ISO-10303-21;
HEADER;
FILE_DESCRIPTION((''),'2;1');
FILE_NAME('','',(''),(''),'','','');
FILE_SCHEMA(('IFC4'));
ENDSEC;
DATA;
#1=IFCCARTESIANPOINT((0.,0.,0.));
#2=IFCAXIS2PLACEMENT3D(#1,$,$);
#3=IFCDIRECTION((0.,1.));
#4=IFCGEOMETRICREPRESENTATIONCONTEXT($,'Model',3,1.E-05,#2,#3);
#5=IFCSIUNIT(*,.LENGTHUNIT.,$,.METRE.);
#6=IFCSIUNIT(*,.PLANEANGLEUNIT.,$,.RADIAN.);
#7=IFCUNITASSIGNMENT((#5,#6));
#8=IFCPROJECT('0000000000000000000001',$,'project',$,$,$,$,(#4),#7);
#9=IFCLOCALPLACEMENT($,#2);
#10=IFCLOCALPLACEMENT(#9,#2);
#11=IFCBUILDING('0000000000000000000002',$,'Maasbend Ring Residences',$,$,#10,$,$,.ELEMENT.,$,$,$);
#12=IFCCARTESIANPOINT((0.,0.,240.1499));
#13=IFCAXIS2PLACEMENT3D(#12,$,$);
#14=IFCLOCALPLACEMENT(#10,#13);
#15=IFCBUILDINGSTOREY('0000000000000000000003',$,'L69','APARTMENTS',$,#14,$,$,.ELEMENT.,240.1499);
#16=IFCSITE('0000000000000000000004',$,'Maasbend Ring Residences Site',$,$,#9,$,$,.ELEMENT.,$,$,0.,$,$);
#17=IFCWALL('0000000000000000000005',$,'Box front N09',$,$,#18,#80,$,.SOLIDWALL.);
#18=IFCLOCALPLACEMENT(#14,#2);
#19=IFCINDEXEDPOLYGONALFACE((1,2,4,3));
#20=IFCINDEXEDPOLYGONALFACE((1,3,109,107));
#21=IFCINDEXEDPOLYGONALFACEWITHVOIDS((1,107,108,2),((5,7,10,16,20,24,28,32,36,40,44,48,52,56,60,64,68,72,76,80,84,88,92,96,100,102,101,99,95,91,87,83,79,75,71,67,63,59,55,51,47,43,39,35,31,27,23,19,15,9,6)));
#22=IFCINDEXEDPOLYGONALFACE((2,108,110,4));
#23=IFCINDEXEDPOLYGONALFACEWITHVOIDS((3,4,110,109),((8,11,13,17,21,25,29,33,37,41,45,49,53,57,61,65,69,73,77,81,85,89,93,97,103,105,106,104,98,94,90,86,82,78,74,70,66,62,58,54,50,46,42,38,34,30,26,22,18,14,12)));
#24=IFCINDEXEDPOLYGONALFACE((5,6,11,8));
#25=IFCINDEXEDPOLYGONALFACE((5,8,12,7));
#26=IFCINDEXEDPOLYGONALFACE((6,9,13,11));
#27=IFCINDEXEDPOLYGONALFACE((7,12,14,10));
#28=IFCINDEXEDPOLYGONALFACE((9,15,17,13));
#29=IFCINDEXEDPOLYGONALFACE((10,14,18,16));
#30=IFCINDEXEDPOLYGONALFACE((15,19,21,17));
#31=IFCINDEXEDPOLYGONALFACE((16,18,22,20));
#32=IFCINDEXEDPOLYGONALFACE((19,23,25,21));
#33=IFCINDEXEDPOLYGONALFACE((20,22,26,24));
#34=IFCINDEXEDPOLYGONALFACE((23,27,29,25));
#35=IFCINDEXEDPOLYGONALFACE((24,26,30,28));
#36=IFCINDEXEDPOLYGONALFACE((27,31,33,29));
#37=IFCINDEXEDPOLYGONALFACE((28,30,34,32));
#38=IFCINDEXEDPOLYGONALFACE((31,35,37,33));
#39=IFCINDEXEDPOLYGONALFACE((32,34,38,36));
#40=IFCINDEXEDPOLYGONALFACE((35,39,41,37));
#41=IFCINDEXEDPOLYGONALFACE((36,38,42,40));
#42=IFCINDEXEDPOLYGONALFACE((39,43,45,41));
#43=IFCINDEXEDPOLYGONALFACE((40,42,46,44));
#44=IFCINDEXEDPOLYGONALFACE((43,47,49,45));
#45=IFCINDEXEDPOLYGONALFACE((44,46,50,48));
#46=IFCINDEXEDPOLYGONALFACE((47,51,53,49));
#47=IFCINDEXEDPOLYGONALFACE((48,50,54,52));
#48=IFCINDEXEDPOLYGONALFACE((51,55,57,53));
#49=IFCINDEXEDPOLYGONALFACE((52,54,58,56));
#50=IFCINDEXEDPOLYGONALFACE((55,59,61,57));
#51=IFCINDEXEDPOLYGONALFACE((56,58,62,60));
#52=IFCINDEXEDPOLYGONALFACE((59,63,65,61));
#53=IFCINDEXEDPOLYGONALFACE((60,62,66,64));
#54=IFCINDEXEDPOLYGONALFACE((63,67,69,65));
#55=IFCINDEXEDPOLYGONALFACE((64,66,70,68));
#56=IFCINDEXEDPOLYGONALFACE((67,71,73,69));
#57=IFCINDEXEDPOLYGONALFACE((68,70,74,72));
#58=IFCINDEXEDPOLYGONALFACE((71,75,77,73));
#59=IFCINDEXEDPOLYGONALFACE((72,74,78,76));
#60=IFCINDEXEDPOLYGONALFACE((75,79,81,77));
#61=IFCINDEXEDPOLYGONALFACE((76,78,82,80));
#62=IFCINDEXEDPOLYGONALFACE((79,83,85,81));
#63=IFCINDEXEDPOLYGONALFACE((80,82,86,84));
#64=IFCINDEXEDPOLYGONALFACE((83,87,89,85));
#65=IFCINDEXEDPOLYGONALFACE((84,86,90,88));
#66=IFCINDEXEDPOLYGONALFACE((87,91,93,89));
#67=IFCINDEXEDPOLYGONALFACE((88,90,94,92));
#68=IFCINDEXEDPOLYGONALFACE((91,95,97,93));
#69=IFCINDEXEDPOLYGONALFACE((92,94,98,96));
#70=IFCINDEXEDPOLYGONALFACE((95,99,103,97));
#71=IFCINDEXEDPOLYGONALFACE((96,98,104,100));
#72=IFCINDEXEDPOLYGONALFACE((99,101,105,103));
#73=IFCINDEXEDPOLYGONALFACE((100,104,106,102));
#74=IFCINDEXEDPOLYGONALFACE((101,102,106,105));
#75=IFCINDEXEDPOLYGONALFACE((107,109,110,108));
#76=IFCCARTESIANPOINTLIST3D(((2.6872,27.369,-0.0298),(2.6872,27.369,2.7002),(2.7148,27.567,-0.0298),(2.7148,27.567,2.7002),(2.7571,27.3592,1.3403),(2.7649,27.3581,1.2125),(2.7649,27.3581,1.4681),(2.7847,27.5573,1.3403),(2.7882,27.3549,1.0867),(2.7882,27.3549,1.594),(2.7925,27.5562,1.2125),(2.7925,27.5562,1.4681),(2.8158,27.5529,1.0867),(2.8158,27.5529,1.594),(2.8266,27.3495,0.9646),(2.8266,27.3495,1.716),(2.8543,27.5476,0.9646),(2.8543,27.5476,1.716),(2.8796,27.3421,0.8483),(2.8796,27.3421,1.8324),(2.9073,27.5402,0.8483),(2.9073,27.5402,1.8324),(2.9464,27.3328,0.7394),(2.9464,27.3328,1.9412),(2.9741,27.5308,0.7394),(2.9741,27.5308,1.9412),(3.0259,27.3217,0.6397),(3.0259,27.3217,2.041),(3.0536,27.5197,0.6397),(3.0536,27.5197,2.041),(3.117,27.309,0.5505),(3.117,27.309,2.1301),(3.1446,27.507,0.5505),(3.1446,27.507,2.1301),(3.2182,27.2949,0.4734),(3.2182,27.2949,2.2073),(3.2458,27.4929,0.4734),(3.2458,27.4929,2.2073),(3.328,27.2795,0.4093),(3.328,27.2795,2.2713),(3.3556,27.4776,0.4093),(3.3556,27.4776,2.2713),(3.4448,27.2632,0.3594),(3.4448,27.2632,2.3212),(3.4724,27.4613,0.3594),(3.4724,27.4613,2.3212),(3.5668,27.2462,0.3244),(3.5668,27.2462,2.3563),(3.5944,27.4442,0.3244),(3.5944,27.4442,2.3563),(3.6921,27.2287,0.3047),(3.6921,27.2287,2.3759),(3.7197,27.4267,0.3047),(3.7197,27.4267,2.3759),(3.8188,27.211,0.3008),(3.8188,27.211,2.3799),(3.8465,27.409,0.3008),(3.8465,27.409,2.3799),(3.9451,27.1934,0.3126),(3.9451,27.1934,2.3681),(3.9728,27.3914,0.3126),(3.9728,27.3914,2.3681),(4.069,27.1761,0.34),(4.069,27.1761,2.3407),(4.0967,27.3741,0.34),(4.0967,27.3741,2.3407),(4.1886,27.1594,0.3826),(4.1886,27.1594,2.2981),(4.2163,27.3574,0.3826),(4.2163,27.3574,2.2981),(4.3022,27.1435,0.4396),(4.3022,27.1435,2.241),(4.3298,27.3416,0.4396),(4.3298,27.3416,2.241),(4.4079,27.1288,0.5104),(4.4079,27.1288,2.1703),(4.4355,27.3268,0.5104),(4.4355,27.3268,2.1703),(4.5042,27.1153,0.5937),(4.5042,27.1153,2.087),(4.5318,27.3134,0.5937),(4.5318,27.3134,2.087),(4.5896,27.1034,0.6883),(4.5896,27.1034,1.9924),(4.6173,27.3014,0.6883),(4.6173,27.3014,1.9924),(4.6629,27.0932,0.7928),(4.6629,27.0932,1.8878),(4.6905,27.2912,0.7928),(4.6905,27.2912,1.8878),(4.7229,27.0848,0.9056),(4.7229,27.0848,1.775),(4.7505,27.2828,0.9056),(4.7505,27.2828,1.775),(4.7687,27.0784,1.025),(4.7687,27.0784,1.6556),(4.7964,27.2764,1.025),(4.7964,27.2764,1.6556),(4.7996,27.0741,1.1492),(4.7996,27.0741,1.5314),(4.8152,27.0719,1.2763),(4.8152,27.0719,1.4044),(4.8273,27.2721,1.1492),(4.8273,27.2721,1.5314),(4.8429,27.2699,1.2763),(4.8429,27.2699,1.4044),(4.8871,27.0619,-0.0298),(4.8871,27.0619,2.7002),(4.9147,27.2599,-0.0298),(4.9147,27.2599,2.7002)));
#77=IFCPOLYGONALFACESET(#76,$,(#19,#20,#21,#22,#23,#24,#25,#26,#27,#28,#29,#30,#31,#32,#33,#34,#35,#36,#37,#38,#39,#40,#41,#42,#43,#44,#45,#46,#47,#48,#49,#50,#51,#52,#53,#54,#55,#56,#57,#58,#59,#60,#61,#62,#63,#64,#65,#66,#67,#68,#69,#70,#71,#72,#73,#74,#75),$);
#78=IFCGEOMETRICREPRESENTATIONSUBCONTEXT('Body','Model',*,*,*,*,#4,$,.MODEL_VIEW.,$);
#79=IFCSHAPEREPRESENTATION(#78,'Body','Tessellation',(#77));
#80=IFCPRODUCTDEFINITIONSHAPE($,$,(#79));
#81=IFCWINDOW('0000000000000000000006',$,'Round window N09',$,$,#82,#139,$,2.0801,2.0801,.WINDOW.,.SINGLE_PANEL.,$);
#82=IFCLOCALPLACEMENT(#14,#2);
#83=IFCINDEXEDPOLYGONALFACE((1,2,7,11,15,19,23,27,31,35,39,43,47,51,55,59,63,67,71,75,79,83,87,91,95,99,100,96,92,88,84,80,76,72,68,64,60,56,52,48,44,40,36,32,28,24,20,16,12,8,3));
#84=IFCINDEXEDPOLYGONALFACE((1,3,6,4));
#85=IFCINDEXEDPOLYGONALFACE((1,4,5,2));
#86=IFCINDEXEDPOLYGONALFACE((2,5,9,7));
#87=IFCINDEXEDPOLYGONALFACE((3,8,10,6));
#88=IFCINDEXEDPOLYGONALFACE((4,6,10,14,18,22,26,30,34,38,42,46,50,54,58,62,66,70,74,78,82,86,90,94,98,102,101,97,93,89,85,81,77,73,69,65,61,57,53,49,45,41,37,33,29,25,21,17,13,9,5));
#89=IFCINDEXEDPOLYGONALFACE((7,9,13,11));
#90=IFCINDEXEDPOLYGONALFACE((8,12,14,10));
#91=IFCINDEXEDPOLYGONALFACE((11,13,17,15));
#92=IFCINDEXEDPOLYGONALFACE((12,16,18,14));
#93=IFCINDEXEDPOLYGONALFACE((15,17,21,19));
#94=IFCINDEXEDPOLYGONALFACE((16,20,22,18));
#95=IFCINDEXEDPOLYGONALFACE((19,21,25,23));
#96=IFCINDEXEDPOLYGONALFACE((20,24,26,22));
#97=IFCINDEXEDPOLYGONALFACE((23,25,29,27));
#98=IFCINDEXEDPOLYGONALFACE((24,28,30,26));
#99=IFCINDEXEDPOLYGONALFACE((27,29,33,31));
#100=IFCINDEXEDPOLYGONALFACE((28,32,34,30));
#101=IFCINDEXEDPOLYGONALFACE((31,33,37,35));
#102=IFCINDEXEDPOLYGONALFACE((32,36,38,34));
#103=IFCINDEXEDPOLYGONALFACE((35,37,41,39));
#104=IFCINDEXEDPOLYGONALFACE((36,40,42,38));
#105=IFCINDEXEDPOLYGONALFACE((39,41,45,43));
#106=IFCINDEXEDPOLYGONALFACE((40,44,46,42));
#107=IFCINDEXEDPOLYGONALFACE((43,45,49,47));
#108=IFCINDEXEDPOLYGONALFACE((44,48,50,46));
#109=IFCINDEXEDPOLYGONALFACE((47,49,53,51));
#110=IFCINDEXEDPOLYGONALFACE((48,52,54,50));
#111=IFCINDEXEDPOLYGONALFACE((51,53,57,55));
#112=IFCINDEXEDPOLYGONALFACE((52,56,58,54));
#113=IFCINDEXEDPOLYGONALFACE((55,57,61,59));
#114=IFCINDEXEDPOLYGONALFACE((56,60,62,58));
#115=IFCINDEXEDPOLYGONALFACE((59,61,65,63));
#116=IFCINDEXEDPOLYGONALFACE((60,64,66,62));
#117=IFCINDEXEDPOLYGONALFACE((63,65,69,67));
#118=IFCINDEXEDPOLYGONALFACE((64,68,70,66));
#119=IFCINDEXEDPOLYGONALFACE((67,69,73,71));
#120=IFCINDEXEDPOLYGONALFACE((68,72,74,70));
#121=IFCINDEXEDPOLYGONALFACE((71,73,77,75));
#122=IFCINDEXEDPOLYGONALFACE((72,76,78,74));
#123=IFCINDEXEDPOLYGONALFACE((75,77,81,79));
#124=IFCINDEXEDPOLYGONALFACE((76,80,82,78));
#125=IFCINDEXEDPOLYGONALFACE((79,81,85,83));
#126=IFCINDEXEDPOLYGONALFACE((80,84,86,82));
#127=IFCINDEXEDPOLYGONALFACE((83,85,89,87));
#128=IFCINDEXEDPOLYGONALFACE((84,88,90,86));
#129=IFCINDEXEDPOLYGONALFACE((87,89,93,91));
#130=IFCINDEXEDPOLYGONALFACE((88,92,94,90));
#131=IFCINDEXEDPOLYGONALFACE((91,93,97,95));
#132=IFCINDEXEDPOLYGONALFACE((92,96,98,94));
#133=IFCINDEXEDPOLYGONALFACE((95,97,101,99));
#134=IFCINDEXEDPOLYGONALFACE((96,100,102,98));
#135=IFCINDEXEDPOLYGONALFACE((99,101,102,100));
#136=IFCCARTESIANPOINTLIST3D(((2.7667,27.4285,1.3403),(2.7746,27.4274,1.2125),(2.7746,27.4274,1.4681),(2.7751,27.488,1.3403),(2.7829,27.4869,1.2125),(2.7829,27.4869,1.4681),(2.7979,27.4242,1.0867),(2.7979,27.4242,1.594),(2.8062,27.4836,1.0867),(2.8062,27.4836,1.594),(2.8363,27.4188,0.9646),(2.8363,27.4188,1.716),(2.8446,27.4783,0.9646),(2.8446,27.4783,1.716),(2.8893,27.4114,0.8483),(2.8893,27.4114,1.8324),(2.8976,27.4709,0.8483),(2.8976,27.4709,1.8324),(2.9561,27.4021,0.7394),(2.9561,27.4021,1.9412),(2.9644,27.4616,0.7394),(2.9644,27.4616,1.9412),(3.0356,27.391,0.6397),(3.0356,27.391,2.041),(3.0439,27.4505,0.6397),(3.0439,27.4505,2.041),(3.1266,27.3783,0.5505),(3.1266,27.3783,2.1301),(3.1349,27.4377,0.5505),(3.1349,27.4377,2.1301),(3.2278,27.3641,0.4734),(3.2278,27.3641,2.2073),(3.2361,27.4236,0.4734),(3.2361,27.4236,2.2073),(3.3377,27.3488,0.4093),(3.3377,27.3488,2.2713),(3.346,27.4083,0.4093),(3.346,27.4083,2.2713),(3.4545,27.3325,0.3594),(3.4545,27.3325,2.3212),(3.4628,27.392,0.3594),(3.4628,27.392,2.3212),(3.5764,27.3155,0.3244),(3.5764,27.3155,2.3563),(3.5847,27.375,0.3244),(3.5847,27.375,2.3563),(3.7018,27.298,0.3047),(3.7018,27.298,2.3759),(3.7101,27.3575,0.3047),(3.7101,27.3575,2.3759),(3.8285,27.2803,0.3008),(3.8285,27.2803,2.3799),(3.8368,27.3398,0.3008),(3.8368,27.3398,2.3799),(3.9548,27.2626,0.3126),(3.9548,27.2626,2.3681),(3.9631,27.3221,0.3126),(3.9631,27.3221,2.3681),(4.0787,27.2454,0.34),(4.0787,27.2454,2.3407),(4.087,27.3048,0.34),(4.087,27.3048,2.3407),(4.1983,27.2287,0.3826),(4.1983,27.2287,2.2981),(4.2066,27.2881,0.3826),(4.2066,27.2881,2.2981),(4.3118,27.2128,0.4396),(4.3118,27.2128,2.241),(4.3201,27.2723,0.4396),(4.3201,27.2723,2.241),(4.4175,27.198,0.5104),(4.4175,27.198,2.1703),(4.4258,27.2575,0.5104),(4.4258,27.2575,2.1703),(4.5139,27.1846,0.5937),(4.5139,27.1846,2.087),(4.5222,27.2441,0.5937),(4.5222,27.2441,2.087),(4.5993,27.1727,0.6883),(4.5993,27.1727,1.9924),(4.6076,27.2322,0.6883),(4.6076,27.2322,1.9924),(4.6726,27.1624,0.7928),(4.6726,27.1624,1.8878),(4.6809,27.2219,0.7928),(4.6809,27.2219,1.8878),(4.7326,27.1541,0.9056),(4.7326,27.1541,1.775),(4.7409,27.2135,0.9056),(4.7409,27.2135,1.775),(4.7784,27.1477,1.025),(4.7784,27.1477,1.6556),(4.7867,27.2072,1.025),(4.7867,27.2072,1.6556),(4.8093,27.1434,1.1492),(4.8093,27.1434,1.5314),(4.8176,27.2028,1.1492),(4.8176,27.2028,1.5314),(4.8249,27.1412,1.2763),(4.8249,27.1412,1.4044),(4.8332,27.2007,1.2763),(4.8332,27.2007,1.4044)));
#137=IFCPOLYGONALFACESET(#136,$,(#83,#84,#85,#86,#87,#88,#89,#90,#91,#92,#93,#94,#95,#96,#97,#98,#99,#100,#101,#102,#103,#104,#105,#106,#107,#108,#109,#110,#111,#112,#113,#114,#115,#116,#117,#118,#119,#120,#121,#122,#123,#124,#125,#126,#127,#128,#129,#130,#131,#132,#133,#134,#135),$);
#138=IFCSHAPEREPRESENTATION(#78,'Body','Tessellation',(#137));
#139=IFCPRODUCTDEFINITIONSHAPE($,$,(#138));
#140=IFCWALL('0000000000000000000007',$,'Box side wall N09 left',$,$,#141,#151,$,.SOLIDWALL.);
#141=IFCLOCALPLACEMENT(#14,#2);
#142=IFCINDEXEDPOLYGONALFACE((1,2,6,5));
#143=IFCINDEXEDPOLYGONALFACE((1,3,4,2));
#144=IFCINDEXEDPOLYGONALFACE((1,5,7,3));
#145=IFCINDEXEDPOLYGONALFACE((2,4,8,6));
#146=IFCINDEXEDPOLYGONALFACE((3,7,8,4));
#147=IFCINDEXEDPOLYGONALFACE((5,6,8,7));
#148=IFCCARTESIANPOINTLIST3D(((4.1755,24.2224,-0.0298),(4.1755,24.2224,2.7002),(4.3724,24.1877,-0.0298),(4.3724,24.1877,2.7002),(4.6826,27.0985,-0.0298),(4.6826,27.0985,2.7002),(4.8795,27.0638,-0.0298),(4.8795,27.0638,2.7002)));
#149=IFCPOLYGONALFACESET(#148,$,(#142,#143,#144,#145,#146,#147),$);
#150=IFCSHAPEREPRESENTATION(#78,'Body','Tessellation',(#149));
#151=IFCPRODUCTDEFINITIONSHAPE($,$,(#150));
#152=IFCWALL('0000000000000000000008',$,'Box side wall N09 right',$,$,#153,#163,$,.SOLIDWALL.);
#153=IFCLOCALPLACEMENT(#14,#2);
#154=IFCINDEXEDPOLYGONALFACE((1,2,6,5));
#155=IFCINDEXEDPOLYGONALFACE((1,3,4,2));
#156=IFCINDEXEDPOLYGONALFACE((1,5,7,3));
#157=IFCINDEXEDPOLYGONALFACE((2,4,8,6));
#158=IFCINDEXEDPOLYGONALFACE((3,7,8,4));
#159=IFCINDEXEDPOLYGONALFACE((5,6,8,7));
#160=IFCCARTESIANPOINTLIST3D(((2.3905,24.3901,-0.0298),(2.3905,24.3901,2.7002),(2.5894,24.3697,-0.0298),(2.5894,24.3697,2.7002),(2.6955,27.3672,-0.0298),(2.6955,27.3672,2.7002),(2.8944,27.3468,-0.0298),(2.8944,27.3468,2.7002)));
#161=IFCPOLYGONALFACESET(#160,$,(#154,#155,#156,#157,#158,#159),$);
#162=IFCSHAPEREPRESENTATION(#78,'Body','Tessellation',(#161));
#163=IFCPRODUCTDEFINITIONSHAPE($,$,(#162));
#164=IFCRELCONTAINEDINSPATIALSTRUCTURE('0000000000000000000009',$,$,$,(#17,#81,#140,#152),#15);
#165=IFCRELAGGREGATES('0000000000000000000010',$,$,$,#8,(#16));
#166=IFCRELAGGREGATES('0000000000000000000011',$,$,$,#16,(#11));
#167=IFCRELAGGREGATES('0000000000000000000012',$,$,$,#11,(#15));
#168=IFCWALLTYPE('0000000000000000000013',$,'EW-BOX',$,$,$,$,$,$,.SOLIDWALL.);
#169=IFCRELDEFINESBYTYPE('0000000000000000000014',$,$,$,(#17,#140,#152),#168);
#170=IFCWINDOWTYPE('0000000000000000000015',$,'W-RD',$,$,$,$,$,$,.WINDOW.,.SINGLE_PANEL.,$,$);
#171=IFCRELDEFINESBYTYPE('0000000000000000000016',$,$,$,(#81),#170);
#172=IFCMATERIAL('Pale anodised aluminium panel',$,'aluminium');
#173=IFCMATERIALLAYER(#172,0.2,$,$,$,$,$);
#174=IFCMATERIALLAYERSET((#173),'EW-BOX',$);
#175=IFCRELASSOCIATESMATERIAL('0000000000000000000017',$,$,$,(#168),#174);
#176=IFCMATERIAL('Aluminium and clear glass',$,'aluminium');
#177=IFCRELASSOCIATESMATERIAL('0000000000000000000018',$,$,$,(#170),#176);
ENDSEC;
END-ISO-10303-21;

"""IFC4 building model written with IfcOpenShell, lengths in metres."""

from ifc_helpers import new_model, si_unit, direction, frame, frame_2d, origin, place, context, subcontext, project, spatial, rectangle, circle, extrude, material, layer, layer_set, type_object, element, fill, save


model = new_model("IFC4")

# Units and contexts
model_context = context("Model", 3, precision=1e-05, world=origin(), true_north=direction((0.0, 1.0)))
body_context = subcontext(model_context, "Body", "Model", "MODEL_VIEW")
ifc_project = project(units=[si_unit("LENGTHUNIT", "METRE"), si_unit("PLANEANGLEUNIT", "RADIAN")], contexts=[model_context])

# Site, building, storey
site_placement = place(None, origin())
site = spatial("IfcSite", under=ifc_project, at=site_placement, Name="Maasbend Ring Residences Site", CompositionType="ELEMENT", RefElevation=0.0)
building_placement = place(site_placement, origin())
building = spatial("IfcBuilding", under=site, at=building_placement, Name="Maasbend Ring Residences", CompositionType="ELEMENT")
storey_placement = place(building_placement, frame((0.0, 0.0, 240.1499)))
storey = spatial("IfcBuildingStorey", under=building, at=storey_placement, Name="L69", Description="APARTMENTS", CompositionType="ELEMENT", Elevation=240.1499)

# Shared definitions
ifc_material_1 = material(Name="Pale anodised aluminium panel", Category="aluminium")
ifc_layer_1 = layer(ifc_material_1, 0.2)
ifc_layer_set_1 = layer_set([ifc_layer_1], Name="EW-BOX")
wall_type_1 = type_object("IfcWallType", Name="EW-BOX", PredefinedType="SOLIDWALL", material=ifc_layer_set_1)

# Wall, opening, window
wall_1_placement = place(storey_placement, frame((4.9009, 27.1609, -0.0298), z_axis=(0.0, 0.0, 1.0), x_axis=(-0.990395, 0.138266, 0.0)))
wall_1 = element("IfcWall", 1, at=wall_1_placement, inside=storey, type_object=wall_type_1, Name="Box front N09", PredefinedType="SOLIDWALL", context=body_context, shape_type="SweptSolid", body=[
    extrude(rectangle(XDim=2.2212, YDim=0.2, at=frame_2d((1.1106, 0.0))), origin(), (0.0, 0.0, 1.0), 2.73),
])
opening_1_placement = place(wall_1_placement, frame((0.0706, 0.0, 0.3301)))
opening_1 = element("IfcOpeningElement", 2, at=opening_1_placement, cuts=wall_1, PredefinedType="OPENING", context=body_context, shape_type="SweptSolid", body=[
    extrude(circle(Radius=1.04, at=frame_2d((1.04, 1.04))), frame((0.0, 0.1099, 0.0), z_axis=(0.0, -1.0, 0.0), x_axis=(1.0, 0.0, 0.0)), (0.0, 0.0, 1.0), 0.22),
])
ifc_material_2 = material(Name="Aluminium and clear glass", Category="aluminium")
window_type_1 = type_object("IfcWindowType", Name="W-RD", PartitioningType="SINGLE_PANEL", PredefinedType="WINDOW", material=ifc_material_2)
window_1_placement = place(opening_1_placement, origin())
window_1 = element("IfcWindow", 3, at=window_1_placement, inside=storey, type_object=window_type_1, Name="Round window N09", OverallHeight=2.0801, OverallWidth=2.0801, PartitioningType="SINGLE_PANEL", PredefinedType="WINDOW", context=body_context, shape_type="SweptSolid", body=[
    extrude(circle(Radius=1.04, at=frame_2d((1.04, 1.04))), frame((0.0, 0.03, 0.0), z_axis=(0.0, -1.0, 0.0), x_axis=(1.0, 0.0, 0.0)), (0.0, 0.0, 1.0), 0.0601),
])
fill(opening_1, window_1)

# Walls
wall_2_placement = place(storey_placement, frame((4.2739, 24.2051, -0.0298), z_axis=(0.0, 0.0, 1.0), x_axis=(0.173637, 0.98481, 0.0)))
element("IfcWall", 4, at=wall_2_placement, inside=storey, type_object=wall_type_1, Name="Box side wall N09 left", PredefinedType="SOLIDWALL", context=body_context, shape_type="SweptSolid", body=[
    extrude(rectangle(XDim=2.9204, YDim=0.2, at=frame_2d((1.4602, 0.0))), origin(), (0.0, 0.0, 1.0), 2.73),
])
wall_3_placement = place(storey_placement, frame((2.49, 24.3799, -0.0298), z_axis=(0.0, 0.0, 1.0), x_axis=(0.101894, 0.994795, 0.0)))
element("IfcWall", 5, at=wall_3_placement, inside=storey, type_object=wall_type_1, Name="Box side wall N09 right", PredefinedType="SOLIDWALL", context=body_context, shape_type="SweptSolid", body=[
    extrude(rectangle(XDim=2.9927, YDim=0.2, at=frame_2d((1.4963, 0.0))), origin(), (0.0, 0.0, 1.0), 2.73),
])

save(model, "model.ifc")
